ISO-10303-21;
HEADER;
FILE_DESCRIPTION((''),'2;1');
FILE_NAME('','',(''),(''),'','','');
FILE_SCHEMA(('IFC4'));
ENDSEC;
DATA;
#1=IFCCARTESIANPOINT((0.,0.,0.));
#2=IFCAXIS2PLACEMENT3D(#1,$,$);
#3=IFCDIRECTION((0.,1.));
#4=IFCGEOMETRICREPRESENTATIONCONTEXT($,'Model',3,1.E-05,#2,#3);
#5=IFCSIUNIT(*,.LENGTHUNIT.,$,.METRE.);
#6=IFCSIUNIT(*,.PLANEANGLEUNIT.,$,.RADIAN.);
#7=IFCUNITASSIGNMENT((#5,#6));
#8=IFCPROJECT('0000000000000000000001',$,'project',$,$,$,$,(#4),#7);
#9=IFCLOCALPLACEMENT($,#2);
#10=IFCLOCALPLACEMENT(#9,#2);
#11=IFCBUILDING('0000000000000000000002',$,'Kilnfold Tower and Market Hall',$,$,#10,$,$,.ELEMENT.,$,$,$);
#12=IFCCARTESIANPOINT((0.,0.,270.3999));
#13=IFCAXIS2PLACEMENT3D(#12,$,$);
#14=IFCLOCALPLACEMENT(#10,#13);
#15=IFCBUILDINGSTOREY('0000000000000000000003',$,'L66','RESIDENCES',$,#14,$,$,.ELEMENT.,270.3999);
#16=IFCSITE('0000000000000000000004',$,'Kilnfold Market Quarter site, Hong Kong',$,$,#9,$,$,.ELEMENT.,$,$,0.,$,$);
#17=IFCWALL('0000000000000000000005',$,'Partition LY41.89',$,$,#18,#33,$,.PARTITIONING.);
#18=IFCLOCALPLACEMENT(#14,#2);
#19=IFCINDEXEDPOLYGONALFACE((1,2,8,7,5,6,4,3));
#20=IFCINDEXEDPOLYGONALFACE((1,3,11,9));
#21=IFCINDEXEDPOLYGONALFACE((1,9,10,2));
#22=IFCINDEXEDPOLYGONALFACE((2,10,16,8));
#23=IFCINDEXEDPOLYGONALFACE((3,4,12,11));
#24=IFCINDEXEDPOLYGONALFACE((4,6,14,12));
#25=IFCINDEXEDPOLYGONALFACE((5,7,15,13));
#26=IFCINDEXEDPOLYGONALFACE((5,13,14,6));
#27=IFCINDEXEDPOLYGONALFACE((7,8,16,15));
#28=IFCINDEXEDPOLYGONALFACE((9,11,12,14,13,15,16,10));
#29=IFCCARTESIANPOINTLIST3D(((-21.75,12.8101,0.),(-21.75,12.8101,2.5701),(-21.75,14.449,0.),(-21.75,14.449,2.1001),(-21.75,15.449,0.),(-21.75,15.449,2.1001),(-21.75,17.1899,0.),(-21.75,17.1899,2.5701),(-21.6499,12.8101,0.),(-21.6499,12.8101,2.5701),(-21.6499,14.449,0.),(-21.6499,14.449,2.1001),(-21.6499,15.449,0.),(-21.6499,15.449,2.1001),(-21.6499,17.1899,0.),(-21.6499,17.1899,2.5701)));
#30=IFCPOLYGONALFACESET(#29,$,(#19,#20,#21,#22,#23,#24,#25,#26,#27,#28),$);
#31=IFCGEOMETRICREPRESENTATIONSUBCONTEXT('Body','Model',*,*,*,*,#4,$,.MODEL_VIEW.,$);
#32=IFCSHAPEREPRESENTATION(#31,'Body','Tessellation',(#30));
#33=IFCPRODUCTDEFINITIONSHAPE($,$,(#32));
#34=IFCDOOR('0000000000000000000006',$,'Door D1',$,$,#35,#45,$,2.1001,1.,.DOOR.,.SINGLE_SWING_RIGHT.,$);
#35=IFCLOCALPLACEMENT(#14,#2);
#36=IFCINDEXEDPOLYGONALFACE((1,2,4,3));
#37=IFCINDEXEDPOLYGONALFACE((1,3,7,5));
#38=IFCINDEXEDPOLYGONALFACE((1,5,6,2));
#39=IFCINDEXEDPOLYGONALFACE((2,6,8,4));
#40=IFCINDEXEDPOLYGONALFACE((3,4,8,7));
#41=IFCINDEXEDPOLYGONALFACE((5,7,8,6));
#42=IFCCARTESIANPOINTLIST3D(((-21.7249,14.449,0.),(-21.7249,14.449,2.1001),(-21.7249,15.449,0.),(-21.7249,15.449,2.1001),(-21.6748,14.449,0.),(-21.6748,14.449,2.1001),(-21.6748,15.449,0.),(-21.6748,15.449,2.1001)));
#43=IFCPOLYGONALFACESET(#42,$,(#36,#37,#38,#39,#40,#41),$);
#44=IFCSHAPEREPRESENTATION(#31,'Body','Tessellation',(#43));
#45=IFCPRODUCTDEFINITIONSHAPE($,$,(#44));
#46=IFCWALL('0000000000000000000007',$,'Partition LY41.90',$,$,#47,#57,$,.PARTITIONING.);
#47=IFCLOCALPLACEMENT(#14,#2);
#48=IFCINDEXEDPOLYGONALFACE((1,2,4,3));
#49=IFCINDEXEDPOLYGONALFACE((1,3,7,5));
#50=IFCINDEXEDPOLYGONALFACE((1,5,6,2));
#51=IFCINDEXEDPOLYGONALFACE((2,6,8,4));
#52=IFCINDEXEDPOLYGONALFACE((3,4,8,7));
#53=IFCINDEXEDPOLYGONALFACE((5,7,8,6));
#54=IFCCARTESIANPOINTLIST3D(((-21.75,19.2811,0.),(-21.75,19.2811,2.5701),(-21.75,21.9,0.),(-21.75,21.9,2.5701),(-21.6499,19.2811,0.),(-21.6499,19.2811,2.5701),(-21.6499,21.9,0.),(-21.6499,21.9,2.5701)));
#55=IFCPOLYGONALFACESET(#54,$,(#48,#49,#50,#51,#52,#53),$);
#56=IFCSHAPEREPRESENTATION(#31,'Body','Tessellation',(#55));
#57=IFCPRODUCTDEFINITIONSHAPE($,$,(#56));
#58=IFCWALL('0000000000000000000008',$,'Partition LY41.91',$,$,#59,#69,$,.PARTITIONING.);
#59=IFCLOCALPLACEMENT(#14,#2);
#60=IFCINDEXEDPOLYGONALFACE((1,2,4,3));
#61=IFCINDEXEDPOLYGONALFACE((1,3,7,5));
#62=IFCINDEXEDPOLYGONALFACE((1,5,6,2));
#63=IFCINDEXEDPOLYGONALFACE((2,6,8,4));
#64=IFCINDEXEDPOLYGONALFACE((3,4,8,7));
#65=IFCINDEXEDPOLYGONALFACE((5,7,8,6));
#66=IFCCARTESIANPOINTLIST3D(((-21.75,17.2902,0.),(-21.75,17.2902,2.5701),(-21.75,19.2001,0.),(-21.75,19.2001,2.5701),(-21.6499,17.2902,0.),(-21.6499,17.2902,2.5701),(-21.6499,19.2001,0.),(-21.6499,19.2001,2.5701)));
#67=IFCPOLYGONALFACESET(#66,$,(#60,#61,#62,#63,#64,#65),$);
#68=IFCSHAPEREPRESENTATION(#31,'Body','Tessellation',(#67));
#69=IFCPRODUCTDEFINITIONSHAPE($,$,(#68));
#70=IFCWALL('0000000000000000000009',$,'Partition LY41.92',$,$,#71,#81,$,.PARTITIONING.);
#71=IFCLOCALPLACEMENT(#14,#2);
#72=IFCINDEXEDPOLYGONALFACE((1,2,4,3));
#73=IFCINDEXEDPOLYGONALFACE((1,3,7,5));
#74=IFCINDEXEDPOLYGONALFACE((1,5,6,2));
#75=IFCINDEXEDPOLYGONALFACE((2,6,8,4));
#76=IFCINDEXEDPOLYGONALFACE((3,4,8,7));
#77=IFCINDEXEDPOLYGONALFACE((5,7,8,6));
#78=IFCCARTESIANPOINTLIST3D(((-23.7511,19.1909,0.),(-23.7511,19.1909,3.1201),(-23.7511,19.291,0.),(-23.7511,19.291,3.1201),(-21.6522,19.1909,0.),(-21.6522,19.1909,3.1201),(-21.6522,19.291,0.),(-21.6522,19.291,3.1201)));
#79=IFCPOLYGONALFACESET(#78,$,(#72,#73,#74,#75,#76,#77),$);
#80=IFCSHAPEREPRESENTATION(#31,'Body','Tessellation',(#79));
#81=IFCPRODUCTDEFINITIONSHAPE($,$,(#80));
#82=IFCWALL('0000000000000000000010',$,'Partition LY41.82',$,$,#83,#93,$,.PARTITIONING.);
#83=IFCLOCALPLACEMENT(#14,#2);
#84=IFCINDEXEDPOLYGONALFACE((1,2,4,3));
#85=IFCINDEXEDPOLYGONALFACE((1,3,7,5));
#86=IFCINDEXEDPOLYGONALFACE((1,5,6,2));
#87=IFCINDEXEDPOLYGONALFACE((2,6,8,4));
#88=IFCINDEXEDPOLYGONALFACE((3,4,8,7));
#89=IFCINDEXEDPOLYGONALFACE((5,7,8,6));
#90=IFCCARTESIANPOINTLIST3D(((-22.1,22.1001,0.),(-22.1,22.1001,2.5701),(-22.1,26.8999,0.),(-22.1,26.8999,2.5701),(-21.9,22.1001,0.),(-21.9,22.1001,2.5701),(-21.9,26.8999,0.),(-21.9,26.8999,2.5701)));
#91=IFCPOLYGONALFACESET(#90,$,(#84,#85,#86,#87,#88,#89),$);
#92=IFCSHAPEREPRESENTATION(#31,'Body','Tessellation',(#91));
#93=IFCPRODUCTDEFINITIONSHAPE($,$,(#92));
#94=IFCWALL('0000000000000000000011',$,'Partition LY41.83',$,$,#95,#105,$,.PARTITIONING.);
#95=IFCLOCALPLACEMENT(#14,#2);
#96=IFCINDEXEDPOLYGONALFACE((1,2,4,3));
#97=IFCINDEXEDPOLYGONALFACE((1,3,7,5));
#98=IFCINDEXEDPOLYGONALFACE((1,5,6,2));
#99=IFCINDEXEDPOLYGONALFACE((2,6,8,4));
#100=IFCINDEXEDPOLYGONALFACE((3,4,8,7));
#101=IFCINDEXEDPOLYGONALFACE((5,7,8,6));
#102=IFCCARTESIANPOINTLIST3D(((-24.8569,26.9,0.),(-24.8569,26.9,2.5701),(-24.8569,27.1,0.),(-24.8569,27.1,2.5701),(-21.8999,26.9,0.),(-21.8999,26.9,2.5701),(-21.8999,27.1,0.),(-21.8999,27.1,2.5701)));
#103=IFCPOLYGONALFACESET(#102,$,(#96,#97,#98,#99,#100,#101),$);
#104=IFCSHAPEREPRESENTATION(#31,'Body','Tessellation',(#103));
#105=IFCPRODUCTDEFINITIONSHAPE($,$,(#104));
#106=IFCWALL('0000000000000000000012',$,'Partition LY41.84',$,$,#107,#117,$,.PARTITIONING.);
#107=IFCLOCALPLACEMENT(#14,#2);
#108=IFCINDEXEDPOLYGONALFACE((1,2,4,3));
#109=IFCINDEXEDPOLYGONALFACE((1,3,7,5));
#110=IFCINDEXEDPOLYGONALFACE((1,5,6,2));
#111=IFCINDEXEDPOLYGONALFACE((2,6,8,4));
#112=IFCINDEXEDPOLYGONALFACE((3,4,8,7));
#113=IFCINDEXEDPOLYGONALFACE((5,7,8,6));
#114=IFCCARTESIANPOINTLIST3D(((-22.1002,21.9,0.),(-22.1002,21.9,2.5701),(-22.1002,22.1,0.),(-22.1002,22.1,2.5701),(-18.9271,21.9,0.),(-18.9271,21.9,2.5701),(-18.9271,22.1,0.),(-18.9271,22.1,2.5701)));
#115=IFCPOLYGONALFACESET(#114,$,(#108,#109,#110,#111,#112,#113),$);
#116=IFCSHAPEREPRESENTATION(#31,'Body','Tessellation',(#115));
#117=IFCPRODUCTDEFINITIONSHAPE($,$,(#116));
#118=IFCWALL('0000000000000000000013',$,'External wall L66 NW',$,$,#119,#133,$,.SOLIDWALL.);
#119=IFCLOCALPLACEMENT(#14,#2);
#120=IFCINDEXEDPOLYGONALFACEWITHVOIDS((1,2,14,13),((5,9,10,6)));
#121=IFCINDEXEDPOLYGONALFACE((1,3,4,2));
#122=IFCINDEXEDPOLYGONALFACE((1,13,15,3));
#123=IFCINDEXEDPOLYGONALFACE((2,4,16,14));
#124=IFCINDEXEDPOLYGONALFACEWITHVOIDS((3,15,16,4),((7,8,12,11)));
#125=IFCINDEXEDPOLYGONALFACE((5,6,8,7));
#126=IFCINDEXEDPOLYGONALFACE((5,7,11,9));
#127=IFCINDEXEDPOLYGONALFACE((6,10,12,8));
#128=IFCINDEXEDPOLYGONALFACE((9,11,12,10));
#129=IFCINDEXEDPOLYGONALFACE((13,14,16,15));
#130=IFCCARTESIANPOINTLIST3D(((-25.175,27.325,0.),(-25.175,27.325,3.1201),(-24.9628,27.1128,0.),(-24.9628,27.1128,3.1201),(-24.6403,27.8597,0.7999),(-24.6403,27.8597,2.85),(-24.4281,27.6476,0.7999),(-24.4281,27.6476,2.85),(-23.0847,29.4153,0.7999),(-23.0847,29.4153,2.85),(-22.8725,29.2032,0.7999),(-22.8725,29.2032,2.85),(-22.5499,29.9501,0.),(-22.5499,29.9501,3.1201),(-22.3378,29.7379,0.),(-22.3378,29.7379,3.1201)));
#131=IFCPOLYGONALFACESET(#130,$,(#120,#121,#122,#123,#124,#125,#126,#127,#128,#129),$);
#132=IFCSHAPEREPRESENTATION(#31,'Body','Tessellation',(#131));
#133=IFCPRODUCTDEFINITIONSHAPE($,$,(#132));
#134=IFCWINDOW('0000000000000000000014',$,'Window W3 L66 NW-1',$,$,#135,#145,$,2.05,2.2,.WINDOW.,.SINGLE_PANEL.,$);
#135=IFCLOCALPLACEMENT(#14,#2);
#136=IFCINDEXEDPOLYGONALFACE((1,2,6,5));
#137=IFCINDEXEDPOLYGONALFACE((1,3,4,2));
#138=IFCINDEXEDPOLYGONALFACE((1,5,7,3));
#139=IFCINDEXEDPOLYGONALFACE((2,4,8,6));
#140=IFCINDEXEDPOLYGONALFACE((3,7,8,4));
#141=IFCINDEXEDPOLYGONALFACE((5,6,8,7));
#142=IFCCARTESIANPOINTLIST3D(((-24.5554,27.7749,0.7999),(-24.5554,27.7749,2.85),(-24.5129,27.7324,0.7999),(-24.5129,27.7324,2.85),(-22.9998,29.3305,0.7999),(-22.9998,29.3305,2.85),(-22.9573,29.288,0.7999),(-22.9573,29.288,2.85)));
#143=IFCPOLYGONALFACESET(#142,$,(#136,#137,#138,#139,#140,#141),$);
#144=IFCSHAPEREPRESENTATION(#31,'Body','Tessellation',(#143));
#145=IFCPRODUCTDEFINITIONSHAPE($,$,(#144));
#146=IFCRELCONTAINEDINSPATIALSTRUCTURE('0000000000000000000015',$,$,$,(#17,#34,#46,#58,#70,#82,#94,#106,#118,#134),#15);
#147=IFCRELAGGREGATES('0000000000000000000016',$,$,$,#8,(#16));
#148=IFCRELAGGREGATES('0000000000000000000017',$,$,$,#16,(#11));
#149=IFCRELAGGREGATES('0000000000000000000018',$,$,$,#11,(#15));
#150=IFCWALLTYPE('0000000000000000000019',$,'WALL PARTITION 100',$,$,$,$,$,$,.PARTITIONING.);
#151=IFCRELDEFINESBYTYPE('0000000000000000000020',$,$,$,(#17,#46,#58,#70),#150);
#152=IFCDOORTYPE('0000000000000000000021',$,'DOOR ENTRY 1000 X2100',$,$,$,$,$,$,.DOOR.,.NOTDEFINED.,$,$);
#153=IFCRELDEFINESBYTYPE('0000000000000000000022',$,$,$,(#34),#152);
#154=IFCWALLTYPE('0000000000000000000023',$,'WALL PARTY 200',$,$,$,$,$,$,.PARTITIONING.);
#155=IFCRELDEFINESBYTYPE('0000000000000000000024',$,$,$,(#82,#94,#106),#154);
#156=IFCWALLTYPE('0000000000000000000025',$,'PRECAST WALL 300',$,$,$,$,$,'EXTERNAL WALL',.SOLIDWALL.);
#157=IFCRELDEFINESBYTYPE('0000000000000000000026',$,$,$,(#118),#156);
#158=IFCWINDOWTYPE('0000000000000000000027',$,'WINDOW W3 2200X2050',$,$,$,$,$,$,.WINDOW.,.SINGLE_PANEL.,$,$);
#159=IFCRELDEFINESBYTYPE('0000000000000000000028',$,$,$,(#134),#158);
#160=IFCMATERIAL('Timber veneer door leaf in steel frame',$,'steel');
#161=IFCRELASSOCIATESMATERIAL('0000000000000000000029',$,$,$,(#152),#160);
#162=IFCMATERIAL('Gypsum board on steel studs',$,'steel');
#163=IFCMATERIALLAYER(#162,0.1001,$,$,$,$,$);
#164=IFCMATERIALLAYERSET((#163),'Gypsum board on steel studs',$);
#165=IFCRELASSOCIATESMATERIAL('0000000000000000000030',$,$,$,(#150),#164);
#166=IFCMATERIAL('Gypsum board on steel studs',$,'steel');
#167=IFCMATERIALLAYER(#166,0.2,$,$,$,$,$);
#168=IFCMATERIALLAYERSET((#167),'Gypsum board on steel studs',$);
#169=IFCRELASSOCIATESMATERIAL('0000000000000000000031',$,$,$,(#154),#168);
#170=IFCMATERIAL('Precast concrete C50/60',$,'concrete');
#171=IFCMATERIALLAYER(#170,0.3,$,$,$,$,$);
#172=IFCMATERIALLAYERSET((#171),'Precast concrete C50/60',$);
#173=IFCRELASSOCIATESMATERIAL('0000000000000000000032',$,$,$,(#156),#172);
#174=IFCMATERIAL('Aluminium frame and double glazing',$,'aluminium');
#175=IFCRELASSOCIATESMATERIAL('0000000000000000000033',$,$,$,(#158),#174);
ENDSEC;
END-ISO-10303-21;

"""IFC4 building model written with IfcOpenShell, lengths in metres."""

from ifc_helpers import new_model, si_unit, direction, frame, frame_2d, origin, place, context, subcontext, project, spatial, rectangle, extrude, source, transform, mapped, material, layer, layer_set, type_object, element, fill, save


model = new_model("IFC4")

# Units and contexts
model_context = context("Model", 3, precision=1e-05, world=origin(), true_north=direction((0.0, 1.0)))
body_context = subcontext(model_context, "Body", "Model", "MODEL_VIEW")
ifc_project = project(units=[si_unit("LENGTHUNIT", "METRE"), si_unit("PLANEANGLEUNIT", "RADIAN")], contexts=[model_context])

# Site, building, storey
site_placement = place(None, origin())
site = spatial("IfcSite", under=ifc_project, at=site_placement, Name="Kilnfold Market Quarter site, Hong Kong", CompositionType="ELEMENT", RefElevation=0.0)
building_placement = place(site_placement, origin())
building = spatial("IfcBuilding", under=site, at=building_placement, Name="Kilnfold Tower and Market Hall", CompositionType="ELEMENT")
storey_placement = place(building_placement, frame((0.0, 0.0, 270.3999)))
storey = spatial("IfcBuildingStorey", under=building, at=storey_placement, Name="L66", Description="RESIDENCES", CompositionType="ELEMENT", Elevation=270.3999)

# Wall, opening, door
ifc_material_1 = material(Name="Timber veneer door leaf in steel frame", Category="steel")
door_type_1 = type_object("IfcDoorType", Name="DOOR ENTRY 1000 X2100", OperationType="NOTDEFINED", PredefinedType="DOOR", material=ifc_material_1)
ifc_material_2 = material(Name="Gypsum board on steel studs", Category="steel")
ifc_layer_1 = layer(ifc_material_2, 0.1001)
ifc_layer_set_1 = layer_set([ifc_layer_1], Name="Gypsum board on steel studs")
wall_type_1 = type_object("IfcWallType", Name="WALL PARTITION 100", PredefinedType="PARTITIONING", material=ifc_layer_set_1)
wall_1_placement = place(storey_placement, frame((-21.7, 12.8101, 0.0), z_axis=(0.0, 0.0, 1.0), x_axis=(0.0, 1.0, 0.0)))
wall_1 = element("IfcWall", 1, at=wall_1_placement, inside=storey, type_object=wall_type_1, Name="Partition LY41.89", PredefinedType="PARTITIONING", context=body_context, shape_type="SweptSolid", body=[
    extrude(rectangle(XDim=4.3799, YDim=0.1001, at=frame_2d((2.1899, 0.0))), origin(), (0.0, 0.0, 1.0), 2.5701),
])
opening_1_placement = place(wall_1_placement, frame((1.6389, 0.0, 0.0)))
opening_1 = element("IfcOpeningElement", 2, at=opening_1_placement, cuts=wall_1, PredefinedType="OPENING", context=body_context, shape_type="SweptSolid", body=[
    extrude(rectangle(XDim=1.0, YDim=2.1001, at=frame_2d((0.5, 1.05))), frame((0.0, 0.0601, 0.0), z_axis=(0.0, -1.0, 0.0), x_axis=(1.0, 0.0, 0.0)), (0.0, 0.0, 1.0), 0.1201),
])
door_1_placement = place(opening_1_placement, origin())
door_1 = element("IfcDoor", 3, at=door_1_placement, inside=storey, type_object=door_type_1, Name="Door D1", OperationType="SINGLE_SWING_RIGHT", OverallHeight=2.1001, OverallWidth=1.0, PredefinedType="DOOR", context=body_context, shape_type="SweptSolid", body=[
    extrude(rectangle(XDim=1.0, YDim=2.1001, at=frame_2d((0.5, 1.05))), frame((0.0, 0.0249, 0.0), z_axis=(0.0, -1.0, 0.0), x_axis=(1.0, 0.0, 0.0)), (0.0, 0.0, 1.0), 0.05),
])
fill(opening_1, door_1)

# Walls
wall_2_placement = place(storey_placement, frame((-21.7, 19.281, 0.0), z_axis=(0.0, 0.0, 1.0), x_axis=(0.0, 1.0, 0.0)))
element("IfcWall", 4, at=wall_2_placement, inside=storey, type_object=wall_type_1, Name="Partition LY41.90", PredefinedType="PARTITIONING", context=body_context, shape_type="SweptSolid", body=[
    extrude(rectangle(XDim=2.6189, YDim=0.1001, at=frame_2d((1.3096, 0.0))), origin(), (0.0, 0.0, 1.0), 2.5701),
])
wall_3_placement = place(storey_placement, frame((-21.7, 17.29, 0.0), z_axis=(0.0, 0.0, 1.0), x_axis=(0.0, 1.0, 0.0)))
element("IfcWall", 5, at=wall_3_placement, inside=storey, type_object=wall_type_1, Name="Partition LY41.91", PredefinedType="PARTITIONING", context=body_context, shape_type="SweptSolid", body=[
    extrude(rectangle(XDim=1.9099, YDim=0.1001, at=frame_2d((0.9551, 0.0))), origin(), (0.0, 0.0, 1.0), 2.5701),
])
wall_4_placement = place(storey_placement, frame((-23.751, 19.241, 0.0), z_axis=(0.0, 0.0, 1.0), x_axis=(1.0, 0.0, 0.0)))
element("IfcWall", 6, at=wall_4_placement, inside=storey, type_object=wall_type_1, Name="Partition LY41.92", PredefinedType="PARTITIONING", context=body_context, shape_type="SweptSolid", body=[
    extrude(rectangle(XDim=2.0989, YDim=0.1001, at=frame_2d((1.0493, 0.0))), origin(), (0.0, 0.0, 1.0), 3.1201),
])
ifc_material_3 = material(Name="Gypsum board on steel studs", Category="steel")
ifc_layer_2 = layer(ifc_material_3, 0.2)
ifc_layer_set_2 = layer_set([ifc_layer_2], Name="Gypsum board on steel studs")
wall_type_2 = type_object("IfcWallType", Name="WALL PARTY 200", PredefinedType="PARTITIONING", material=ifc_layer_set_2)
wall_5_placement = place(storey_placement, frame((-22.0, 22.1001, 0.0), z_axis=(0.0, 0.0, 1.0), x_axis=(0.0, 1.0, 0.0)))
element("IfcWall", 7, at=wall_5_placement, inside=storey, type_object=wall_type_2, Name="Partition LY41.82", PredefinedType="PARTITIONING", context=body_context, shape_type="SweptSolid", body=[
    extrude(rectangle(XDim=4.7998, YDim=0.2, at=frame_2d((2.3999, 0.0))), origin(), (0.0, 0.0, 1.0), 2.5701),
])
wall_6_placement = place(storey_placement, frame((-24.8569, 27.0, 0.0), z_axis=(0.0, 0.0, 1.0), x_axis=(1.0, 0.0, 0.0)))
element("IfcWall", 8, at=wall_6_placement, inside=storey, type_object=wall_type_2, Name="Partition LY41.83", PredefinedType="PARTITIONING", context=body_context, shape_type="SweptSolid", body=[
    extrude(rectangle(XDim=2.957, YDim=0.2, at=frame_2d((1.4785, 0.0))), origin(), (0.0, 0.0, 1.0), 2.5701),
])
wall_7_placement = place(storey_placement, frame((-22.1001, 22.0, 0.0), z_axis=(0.0, 0.0, 1.0), x_axis=(1.0, 0.0, 0.0)))
element("IfcWall", 9, at=wall_7_placement, inside=storey, type_object=wall_type_2, Name="Partition LY41.84", PredefinedType="PARTITIONING", context=body_context, shape_type="SweptSolid", body=[
    extrude(rectangle(XDim=3.1731, YDim=0.2, at=frame_2d((1.5864, 0.0))), origin(), (0.0, 0.0, 1.0), 2.5701),
])

# Wall, opening, window
ifc_material_4 = material(Name="Precast concrete C50/60", Category="concrete")
ifc_layer_3 = layer(ifc_material_4, 0.3)
ifc_layer_set_3 = layer_set([ifc_layer_3], Name="Precast concrete C50/60")
wall_type_3 = type_object("IfcWallType", Name="PRECAST WALL 300", ElementType="EXTERNAL WALL", PredefinedType="SOLIDWALL", material=ifc_layer_set_3)
shared_shape_1 = source(origin(), body_context, "Body", "SweptSolid", [
    extrude(rectangle(XDim=3.7124, YDim=0.3, at=frame_2d((1.8562, 0.0))), origin(), (0.0, 0.0, 1.0), 3.1201),
])
wall_8_placement = place(storey_placement, frame((-22.4438, 29.844, 0.0), z_axis=(0.0, 0.0, 1.0), x_axis=(-0.707107, -0.707107, 0.0)))
wall_8 = element("IfcWall", 10, at=wall_8_placement, inside=storey, type_object=wall_type_3, Name="External wall L66 NW", PredefinedType="SOLIDWALL", context=body_context, shape_type="MappedRepresentation", body=[
    mapped(shared_shape_1, transform((0.0, 0.0, 0.0))),
])
opening_2_placement = place(wall_8_placement, frame((0.7561, 0.0, 0.8)))
opening_2 = element("IfcOpeningElement", 11, at=opening_2_placement, cuts=wall_8, PredefinedType="OPENING", context=body_context, shape_type="SweptSolid", body=[
    extrude(rectangle(XDim=2.2, YDim=2.05, at=frame_2d((1.1001, 1.0249))), frame((0.0, 0.1602, 0.0), z_axis=(0.0, -1.0, 0.0), x_axis=(1.0, 0.0, 0.0)), (0.0, 0.0, 1.0), 0.3201),
])
ifc_material_5 = material(Name="Aluminium frame and double glazing", Category="aluminium")
window_type = type_object("IfcWindowType", Name="WINDOW W3 2200X2050", PartitioningType="SINGLE_PANEL", PredefinedType="WINDOW", material=ifc_material_5)
window_1_placement = place(opening_2_placement, origin())
window_1 = element("IfcWindow", 12, at=window_1_placement, inside=storey, type_object=window_type, Name="Window W3 L66 NW-1", OverallHeight=2.05, OverallWidth=2.2, PartitioningType="SINGLE_PANEL", PredefinedType="WINDOW", context=body_context, shape_type="SweptSolid", body=[
    extrude(rectangle(XDim=2.2, YDim=2.05, at=frame_2d((1.1001, 1.0249))), frame((0.0, 0.03, 0.0), z_axis=(0.0, -1.0, 0.0), x_axis=(1.0, 0.0, 0.0)), (0.0, 0.0, 1.0), 0.0601),
])
fill(opening_2, window_1)

save(model, "model.ifc")
